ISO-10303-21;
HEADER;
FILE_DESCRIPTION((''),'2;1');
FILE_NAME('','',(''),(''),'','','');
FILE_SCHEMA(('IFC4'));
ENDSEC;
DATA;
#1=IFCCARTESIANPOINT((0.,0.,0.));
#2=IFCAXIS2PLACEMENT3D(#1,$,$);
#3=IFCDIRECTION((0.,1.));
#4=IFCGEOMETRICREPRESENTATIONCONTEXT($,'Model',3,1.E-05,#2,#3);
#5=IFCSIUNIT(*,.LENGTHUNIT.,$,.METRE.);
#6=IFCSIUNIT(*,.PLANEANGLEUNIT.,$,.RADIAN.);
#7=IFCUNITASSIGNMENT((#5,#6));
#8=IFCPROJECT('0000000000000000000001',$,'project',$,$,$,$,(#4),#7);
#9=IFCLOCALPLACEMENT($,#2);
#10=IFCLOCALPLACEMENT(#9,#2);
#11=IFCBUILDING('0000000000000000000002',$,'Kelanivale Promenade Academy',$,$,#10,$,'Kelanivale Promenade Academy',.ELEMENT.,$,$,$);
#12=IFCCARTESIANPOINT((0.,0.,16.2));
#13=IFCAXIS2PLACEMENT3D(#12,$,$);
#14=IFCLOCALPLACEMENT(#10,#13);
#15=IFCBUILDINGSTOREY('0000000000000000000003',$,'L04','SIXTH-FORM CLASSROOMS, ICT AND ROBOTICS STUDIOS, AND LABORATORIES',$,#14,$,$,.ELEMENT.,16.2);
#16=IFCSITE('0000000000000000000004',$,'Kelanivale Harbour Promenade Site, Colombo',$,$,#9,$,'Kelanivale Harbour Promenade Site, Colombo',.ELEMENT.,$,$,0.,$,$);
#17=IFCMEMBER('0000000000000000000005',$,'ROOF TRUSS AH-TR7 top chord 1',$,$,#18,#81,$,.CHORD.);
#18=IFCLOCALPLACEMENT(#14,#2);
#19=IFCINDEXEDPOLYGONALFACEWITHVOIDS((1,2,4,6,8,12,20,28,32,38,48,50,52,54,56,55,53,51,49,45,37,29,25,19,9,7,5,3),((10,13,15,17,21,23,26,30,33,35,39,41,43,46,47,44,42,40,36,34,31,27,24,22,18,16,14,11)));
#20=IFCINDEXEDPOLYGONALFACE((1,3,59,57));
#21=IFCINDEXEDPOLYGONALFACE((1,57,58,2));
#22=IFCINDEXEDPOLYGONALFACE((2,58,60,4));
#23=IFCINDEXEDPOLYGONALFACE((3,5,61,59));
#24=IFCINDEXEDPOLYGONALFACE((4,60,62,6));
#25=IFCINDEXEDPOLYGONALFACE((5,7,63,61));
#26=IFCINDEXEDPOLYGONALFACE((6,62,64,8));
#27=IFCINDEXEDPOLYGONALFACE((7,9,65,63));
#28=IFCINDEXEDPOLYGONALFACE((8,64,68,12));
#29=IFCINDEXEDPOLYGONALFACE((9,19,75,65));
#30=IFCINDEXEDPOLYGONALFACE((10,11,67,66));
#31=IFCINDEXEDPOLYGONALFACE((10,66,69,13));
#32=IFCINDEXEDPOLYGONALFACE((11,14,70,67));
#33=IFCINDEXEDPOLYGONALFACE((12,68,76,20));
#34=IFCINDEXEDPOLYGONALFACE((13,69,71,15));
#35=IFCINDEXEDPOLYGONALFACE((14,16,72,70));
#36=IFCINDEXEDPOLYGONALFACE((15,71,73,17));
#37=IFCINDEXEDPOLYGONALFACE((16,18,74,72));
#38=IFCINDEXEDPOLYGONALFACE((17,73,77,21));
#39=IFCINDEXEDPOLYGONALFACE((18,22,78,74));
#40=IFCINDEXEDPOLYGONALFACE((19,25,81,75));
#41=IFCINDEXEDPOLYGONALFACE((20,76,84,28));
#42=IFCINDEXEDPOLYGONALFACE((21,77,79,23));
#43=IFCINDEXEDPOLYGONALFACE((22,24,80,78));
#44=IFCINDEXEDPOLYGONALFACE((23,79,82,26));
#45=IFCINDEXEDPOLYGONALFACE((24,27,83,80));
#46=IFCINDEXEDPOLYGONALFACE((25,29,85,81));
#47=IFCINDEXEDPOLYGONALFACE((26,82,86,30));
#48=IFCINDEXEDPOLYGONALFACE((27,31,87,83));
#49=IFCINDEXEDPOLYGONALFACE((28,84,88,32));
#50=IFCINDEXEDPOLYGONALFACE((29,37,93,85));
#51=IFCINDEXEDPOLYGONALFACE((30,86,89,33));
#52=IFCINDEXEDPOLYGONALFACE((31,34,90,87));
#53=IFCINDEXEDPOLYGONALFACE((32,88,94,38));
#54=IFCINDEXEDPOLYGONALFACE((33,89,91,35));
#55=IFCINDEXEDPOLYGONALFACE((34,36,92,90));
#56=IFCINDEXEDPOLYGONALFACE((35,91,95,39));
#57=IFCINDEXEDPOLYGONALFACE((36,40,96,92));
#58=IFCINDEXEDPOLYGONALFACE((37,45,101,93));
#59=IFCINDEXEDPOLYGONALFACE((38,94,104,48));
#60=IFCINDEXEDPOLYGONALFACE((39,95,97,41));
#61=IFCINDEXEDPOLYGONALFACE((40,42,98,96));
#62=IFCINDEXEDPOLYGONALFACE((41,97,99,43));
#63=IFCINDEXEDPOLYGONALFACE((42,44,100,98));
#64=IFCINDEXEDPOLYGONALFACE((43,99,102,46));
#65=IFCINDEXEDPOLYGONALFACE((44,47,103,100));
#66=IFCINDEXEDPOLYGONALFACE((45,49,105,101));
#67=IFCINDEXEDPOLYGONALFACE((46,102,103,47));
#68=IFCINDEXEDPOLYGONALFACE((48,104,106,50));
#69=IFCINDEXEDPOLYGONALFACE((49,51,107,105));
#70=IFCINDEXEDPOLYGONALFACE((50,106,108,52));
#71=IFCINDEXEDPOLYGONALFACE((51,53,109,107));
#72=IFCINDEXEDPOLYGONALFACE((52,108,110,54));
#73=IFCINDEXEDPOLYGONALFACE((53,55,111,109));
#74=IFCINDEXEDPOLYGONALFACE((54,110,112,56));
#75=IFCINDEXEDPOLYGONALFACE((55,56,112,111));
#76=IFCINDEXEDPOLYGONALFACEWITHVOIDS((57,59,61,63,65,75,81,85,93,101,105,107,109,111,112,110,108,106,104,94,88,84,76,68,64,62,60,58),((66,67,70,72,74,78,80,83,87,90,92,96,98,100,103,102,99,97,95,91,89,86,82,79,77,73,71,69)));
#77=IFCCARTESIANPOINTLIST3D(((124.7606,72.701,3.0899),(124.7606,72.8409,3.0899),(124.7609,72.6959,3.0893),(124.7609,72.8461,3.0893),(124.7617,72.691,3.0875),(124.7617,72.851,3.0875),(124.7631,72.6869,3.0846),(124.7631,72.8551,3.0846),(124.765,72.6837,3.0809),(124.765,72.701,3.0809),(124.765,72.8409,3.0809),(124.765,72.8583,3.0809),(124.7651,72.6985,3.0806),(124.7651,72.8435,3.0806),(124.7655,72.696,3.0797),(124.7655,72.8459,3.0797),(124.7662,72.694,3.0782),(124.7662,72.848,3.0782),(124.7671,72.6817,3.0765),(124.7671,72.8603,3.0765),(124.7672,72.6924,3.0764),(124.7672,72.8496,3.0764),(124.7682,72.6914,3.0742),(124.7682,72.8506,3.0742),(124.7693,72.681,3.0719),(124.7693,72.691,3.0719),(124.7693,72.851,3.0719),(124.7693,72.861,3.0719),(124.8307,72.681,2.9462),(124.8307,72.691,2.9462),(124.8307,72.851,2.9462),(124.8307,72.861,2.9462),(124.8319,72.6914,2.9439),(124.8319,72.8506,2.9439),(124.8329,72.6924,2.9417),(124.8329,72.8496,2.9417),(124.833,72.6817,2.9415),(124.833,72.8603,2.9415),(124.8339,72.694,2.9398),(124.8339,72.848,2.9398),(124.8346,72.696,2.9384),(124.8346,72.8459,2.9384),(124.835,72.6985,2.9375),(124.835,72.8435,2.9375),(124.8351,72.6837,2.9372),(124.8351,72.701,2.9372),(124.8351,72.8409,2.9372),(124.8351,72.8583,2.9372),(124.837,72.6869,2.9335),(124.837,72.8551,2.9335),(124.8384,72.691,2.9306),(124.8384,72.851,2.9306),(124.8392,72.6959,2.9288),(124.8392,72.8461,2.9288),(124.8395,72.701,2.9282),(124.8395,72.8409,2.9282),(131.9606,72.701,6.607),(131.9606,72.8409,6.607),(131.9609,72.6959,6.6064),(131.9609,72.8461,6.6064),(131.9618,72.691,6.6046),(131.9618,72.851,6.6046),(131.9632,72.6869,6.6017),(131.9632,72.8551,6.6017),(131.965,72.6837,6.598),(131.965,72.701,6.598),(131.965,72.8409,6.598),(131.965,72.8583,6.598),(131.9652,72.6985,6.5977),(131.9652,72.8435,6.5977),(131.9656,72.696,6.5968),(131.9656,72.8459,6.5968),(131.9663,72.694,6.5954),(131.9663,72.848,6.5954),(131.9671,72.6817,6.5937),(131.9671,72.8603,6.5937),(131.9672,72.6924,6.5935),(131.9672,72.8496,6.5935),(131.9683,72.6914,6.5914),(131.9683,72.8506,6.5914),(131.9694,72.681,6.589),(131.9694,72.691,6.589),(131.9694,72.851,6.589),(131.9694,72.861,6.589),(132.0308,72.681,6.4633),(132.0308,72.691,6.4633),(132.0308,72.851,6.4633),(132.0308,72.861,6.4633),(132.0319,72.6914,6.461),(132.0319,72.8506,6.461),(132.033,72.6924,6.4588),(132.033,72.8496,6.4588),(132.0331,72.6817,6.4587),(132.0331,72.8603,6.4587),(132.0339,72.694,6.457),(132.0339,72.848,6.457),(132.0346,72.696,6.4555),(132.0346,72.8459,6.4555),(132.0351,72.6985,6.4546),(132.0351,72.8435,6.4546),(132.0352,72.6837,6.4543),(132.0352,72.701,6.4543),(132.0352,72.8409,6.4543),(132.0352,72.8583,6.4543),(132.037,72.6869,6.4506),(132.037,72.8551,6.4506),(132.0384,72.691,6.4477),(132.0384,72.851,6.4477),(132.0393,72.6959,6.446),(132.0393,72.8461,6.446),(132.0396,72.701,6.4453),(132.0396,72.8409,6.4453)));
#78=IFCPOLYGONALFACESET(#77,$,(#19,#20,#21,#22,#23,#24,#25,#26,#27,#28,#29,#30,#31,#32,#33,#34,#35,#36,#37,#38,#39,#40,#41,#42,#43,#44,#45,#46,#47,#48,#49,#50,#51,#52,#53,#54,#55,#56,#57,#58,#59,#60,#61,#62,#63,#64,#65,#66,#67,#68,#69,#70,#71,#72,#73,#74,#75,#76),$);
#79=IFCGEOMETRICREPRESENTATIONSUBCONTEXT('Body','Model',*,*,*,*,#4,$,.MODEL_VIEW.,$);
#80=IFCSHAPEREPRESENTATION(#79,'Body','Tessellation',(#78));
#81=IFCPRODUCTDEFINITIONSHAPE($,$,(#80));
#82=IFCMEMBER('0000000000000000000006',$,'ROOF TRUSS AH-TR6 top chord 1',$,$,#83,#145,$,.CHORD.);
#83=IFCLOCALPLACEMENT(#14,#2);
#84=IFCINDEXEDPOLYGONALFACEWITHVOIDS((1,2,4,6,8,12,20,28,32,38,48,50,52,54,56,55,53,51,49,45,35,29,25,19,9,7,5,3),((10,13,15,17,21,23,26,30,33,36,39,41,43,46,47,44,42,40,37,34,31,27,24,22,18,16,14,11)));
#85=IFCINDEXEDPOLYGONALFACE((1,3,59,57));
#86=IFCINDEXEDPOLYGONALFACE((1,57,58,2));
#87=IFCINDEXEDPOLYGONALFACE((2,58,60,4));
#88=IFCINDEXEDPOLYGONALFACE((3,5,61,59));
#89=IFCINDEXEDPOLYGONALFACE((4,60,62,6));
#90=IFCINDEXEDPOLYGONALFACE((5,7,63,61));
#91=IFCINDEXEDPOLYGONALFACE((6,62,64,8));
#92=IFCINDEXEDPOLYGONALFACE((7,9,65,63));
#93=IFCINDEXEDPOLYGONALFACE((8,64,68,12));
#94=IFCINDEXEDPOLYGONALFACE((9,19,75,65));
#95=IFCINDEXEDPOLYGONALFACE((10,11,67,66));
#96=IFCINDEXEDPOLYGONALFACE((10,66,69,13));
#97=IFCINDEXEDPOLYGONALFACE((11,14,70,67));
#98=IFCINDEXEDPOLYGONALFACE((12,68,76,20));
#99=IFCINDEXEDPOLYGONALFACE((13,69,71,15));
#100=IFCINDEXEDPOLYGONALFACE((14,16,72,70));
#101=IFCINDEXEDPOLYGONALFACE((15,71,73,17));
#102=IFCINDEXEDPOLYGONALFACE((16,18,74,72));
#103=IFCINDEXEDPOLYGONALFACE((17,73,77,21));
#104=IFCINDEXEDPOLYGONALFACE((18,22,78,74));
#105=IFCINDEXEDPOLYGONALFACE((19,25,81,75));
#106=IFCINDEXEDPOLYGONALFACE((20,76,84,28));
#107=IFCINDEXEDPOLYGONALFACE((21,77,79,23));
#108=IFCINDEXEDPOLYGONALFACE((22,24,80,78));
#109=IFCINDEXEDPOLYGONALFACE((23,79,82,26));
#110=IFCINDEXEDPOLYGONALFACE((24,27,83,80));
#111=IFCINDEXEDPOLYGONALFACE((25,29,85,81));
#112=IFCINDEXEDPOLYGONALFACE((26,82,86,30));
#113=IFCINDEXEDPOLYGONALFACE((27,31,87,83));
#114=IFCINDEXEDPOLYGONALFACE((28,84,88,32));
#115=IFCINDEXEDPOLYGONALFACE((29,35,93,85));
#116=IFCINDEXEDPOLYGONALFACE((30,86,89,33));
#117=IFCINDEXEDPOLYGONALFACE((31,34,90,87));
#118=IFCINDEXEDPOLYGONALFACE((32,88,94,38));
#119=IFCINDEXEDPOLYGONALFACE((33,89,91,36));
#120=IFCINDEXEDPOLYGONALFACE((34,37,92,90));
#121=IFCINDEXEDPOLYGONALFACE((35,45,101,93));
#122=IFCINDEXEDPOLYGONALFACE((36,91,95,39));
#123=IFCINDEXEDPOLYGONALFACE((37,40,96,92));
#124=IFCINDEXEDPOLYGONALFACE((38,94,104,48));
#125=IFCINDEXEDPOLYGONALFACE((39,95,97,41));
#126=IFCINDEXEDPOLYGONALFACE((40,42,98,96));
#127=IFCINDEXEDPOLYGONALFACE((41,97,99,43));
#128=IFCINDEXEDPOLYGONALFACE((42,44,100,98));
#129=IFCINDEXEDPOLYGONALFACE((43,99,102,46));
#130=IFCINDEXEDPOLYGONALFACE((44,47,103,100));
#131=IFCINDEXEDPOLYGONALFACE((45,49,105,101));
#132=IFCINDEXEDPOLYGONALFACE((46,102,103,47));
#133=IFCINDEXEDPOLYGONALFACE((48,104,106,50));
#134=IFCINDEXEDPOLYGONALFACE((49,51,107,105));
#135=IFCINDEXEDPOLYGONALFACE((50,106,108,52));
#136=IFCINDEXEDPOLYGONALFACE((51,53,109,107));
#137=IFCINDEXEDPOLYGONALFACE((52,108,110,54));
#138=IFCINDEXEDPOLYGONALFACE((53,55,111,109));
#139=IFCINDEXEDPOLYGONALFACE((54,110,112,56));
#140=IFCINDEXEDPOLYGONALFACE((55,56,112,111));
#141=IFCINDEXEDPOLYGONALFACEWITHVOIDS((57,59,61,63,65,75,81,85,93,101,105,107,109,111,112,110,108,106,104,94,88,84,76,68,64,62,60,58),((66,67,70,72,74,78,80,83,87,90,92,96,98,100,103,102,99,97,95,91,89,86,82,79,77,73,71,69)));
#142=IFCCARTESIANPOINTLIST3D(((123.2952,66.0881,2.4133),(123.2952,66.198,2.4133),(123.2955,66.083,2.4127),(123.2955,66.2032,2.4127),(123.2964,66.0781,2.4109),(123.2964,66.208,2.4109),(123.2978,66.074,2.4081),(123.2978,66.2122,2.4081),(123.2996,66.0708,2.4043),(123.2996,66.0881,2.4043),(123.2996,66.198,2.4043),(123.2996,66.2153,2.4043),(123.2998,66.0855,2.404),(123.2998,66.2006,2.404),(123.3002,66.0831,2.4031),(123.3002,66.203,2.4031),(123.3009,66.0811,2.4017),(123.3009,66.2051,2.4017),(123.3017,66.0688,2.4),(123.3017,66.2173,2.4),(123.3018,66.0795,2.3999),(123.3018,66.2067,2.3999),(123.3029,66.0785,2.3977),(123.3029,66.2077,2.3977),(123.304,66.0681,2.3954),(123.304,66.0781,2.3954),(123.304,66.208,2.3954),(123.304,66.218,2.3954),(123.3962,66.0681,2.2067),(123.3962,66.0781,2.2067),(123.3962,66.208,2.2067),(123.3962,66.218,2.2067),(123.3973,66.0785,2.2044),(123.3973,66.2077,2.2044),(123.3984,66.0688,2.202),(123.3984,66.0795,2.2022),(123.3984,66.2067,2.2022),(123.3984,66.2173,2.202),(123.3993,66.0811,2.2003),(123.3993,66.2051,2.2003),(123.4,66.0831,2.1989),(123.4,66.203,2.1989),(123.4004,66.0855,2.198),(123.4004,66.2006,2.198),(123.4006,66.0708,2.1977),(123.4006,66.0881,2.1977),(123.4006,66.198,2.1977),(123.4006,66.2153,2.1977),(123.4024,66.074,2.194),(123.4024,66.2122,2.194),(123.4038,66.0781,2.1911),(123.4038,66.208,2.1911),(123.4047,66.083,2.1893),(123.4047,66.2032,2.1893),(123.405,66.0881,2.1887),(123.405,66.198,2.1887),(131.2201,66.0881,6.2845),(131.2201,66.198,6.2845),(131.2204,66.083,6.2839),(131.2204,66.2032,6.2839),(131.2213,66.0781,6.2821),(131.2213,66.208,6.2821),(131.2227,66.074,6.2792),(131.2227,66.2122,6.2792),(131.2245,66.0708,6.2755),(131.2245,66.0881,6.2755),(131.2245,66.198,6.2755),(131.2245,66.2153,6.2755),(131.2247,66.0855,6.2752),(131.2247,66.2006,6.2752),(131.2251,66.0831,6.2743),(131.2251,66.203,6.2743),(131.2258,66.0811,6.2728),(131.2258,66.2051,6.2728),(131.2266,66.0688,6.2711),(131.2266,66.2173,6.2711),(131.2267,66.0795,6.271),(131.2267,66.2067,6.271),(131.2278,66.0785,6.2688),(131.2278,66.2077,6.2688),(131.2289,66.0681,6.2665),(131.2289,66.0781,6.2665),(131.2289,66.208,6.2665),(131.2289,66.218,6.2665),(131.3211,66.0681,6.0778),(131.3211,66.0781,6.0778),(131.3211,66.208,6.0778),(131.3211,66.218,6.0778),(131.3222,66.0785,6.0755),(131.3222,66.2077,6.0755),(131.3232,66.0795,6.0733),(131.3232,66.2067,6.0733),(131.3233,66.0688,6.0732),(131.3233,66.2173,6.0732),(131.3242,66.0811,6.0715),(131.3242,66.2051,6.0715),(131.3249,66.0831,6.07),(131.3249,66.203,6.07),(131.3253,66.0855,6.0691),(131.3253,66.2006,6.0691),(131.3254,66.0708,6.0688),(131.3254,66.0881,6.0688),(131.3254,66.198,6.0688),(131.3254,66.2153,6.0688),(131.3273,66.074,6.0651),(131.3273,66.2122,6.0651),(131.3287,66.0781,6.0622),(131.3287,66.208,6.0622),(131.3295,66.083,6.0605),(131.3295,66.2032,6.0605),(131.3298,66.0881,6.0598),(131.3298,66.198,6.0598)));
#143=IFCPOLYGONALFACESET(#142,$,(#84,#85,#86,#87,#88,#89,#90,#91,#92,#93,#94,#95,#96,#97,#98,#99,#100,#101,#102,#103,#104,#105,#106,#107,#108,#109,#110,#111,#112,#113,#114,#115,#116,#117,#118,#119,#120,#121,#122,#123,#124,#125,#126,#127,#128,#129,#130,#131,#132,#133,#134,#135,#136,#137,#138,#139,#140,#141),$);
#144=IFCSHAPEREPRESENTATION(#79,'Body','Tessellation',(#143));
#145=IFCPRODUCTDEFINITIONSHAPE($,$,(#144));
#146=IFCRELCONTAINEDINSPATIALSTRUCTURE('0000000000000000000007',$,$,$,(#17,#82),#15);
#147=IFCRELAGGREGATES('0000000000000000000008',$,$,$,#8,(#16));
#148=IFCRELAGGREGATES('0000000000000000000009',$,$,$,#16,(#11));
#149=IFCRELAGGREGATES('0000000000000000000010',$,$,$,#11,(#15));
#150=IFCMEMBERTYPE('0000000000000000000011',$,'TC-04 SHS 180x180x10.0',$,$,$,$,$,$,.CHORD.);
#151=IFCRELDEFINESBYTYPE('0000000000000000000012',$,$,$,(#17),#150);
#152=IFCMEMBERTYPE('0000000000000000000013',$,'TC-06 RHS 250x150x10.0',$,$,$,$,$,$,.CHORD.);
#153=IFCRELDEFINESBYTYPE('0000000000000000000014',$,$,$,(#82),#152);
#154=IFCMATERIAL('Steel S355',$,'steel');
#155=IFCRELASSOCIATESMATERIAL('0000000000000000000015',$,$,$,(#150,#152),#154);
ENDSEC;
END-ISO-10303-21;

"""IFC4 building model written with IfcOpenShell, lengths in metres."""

from ifc_helpers import new_model, si_unit, direction, frame, origin, origin_2d, place, context, subcontext, project, spatial, hollow_rectangle, extrude, material, material_profile, profile_set, type_object, element, save


model = new_model("IFC4")

# Units and contexts
model_context = context("Model", 3, precision=1e-05, world=origin(), true_north=direction((0.0, 1.0)))
body_context = subcontext(model_context, "Body", "Model", "MODEL_VIEW")
ifc_project = project(units=[si_unit("LENGTHUNIT", "METRE"), si_unit("PLANEANGLEUNIT", "RADIAN")], contexts=[model_context])

# Site, building, storey
site_placement = place(None, origin())
site = spatial("IfcSite", under=ifc_project, at=site_placement, Name="Kelanivale Harbour Promenade Site, Colombo", LongName="Kelanivale Harbour Promenade Site, Colombo", CompositionType="ELEMENT", RefElevation=0.0)
building_placement = place(site_placement, origin())
building = spatial("IfcBuilding", under=site, at=building_placement, Name="Kelanivale Promenade Academy", LongName="Kelanivale Promenade Academy", CompositionType="ELEMENT")
storey_placement = place(building_placement, frame((0.0, 0.0, 16.2)))
storey = spatial("IfcBuildingStorey", under=building, at=storey_placement, Name="L04", Description="SIXTH-FORM CLASSROOMS, ICT AND ROBOTICS STUDIOS, AND LABORATORIES", CompositionType="ELEMENT", Elevation=16.2)

# Shared definitions
ifc_material_1 = material(Name="Steel S355", Category="steel")

# Members
ifc_material_profile_1 = material_profile(ifc_material_1, hollow_rectangle(XDim=0.1799, YDim=0.1799, WallThickness=0.01, InnerFilletRadius=0.01, OuterFilletRadius=0.02, at=origin_2d()), Name="SHS 180x180x10.0")
ifc_profile_set_1 = profile_set([ifc_material_profile_1], Name="Steel S355")
member_type_1 = type_object("IfcMemberType", Name="TC-04 SHS 180x180x10.0", PredefinedType="CHORD", material=ifc_profile_set_1)
member_1_placement = place(storey_placement, frame((124.8, 72.771, 3.009), z_axis=(0.898526, 0.0, 0.438919), x_axis=(0.0, 1.0, 0.0)))
element("IfcMember", 1, at=member_1_placement, inside=storey, type_object=member_type_1, Name="ROOF TRUSS AH-TR7 top chord 1", PredefinedType="CHORD", context=body_context, shape_type="SweptSolid", body=[
    extrude(hollow_rectangle(XDim=0.1799, YDim=0.1799, WallThickness=0.01, InnerFilletRadius=0.01, OuterFilletRadius=0.02, at=origin_2d()), origin(), (0.0, 0.0, 1.0), 8.0132),
])
ifc_material_profile_2 = material_profile(ifc_material_1, hollow_rectangle(XDim=0.1499, YDim=0.25, WallThickness=0.01, InnerFilletRadius=0.01, OuterFilletRadius=0.02, at=origin_2d()), Name="RHS 250x150x10.0")
ifc_profile_set_2 = profile_set([ifc_material_profile_2], Name="Steel S355")
member_type_2 = type_object("IfcMemberType", Name="TC-06 RHS 250x150x10.0", PredefinedType="CHORD", material=ifc_profile_set_2)
member_2_placement = place(storey_placement, frame((123.3501, 66.1431, 2.301), z_axis=(0.89853, 0.0, 0.438912), x_axis=(0.0, 1.0, 0.0)))
element("IfcMember", 2, at=member_2_placement, inside=storey, type_object=member_type_2, Name="ROOF TRUSS AH-TR6 top chord 1", PredefinedType="CHORD", context=body_context, shape_type="SweptSolid", body=[
    extrude(hollow_rectangle(XDim=0.1499, YDim=0.25, WallThickness=0.01, InnerFilletRadius=0.01, OuterFilletRadius=0.02, at=origin_2d()), origin(), (0.0, 0.0, 1.0), 8.8198),
])

save(model, "model.ifc")
